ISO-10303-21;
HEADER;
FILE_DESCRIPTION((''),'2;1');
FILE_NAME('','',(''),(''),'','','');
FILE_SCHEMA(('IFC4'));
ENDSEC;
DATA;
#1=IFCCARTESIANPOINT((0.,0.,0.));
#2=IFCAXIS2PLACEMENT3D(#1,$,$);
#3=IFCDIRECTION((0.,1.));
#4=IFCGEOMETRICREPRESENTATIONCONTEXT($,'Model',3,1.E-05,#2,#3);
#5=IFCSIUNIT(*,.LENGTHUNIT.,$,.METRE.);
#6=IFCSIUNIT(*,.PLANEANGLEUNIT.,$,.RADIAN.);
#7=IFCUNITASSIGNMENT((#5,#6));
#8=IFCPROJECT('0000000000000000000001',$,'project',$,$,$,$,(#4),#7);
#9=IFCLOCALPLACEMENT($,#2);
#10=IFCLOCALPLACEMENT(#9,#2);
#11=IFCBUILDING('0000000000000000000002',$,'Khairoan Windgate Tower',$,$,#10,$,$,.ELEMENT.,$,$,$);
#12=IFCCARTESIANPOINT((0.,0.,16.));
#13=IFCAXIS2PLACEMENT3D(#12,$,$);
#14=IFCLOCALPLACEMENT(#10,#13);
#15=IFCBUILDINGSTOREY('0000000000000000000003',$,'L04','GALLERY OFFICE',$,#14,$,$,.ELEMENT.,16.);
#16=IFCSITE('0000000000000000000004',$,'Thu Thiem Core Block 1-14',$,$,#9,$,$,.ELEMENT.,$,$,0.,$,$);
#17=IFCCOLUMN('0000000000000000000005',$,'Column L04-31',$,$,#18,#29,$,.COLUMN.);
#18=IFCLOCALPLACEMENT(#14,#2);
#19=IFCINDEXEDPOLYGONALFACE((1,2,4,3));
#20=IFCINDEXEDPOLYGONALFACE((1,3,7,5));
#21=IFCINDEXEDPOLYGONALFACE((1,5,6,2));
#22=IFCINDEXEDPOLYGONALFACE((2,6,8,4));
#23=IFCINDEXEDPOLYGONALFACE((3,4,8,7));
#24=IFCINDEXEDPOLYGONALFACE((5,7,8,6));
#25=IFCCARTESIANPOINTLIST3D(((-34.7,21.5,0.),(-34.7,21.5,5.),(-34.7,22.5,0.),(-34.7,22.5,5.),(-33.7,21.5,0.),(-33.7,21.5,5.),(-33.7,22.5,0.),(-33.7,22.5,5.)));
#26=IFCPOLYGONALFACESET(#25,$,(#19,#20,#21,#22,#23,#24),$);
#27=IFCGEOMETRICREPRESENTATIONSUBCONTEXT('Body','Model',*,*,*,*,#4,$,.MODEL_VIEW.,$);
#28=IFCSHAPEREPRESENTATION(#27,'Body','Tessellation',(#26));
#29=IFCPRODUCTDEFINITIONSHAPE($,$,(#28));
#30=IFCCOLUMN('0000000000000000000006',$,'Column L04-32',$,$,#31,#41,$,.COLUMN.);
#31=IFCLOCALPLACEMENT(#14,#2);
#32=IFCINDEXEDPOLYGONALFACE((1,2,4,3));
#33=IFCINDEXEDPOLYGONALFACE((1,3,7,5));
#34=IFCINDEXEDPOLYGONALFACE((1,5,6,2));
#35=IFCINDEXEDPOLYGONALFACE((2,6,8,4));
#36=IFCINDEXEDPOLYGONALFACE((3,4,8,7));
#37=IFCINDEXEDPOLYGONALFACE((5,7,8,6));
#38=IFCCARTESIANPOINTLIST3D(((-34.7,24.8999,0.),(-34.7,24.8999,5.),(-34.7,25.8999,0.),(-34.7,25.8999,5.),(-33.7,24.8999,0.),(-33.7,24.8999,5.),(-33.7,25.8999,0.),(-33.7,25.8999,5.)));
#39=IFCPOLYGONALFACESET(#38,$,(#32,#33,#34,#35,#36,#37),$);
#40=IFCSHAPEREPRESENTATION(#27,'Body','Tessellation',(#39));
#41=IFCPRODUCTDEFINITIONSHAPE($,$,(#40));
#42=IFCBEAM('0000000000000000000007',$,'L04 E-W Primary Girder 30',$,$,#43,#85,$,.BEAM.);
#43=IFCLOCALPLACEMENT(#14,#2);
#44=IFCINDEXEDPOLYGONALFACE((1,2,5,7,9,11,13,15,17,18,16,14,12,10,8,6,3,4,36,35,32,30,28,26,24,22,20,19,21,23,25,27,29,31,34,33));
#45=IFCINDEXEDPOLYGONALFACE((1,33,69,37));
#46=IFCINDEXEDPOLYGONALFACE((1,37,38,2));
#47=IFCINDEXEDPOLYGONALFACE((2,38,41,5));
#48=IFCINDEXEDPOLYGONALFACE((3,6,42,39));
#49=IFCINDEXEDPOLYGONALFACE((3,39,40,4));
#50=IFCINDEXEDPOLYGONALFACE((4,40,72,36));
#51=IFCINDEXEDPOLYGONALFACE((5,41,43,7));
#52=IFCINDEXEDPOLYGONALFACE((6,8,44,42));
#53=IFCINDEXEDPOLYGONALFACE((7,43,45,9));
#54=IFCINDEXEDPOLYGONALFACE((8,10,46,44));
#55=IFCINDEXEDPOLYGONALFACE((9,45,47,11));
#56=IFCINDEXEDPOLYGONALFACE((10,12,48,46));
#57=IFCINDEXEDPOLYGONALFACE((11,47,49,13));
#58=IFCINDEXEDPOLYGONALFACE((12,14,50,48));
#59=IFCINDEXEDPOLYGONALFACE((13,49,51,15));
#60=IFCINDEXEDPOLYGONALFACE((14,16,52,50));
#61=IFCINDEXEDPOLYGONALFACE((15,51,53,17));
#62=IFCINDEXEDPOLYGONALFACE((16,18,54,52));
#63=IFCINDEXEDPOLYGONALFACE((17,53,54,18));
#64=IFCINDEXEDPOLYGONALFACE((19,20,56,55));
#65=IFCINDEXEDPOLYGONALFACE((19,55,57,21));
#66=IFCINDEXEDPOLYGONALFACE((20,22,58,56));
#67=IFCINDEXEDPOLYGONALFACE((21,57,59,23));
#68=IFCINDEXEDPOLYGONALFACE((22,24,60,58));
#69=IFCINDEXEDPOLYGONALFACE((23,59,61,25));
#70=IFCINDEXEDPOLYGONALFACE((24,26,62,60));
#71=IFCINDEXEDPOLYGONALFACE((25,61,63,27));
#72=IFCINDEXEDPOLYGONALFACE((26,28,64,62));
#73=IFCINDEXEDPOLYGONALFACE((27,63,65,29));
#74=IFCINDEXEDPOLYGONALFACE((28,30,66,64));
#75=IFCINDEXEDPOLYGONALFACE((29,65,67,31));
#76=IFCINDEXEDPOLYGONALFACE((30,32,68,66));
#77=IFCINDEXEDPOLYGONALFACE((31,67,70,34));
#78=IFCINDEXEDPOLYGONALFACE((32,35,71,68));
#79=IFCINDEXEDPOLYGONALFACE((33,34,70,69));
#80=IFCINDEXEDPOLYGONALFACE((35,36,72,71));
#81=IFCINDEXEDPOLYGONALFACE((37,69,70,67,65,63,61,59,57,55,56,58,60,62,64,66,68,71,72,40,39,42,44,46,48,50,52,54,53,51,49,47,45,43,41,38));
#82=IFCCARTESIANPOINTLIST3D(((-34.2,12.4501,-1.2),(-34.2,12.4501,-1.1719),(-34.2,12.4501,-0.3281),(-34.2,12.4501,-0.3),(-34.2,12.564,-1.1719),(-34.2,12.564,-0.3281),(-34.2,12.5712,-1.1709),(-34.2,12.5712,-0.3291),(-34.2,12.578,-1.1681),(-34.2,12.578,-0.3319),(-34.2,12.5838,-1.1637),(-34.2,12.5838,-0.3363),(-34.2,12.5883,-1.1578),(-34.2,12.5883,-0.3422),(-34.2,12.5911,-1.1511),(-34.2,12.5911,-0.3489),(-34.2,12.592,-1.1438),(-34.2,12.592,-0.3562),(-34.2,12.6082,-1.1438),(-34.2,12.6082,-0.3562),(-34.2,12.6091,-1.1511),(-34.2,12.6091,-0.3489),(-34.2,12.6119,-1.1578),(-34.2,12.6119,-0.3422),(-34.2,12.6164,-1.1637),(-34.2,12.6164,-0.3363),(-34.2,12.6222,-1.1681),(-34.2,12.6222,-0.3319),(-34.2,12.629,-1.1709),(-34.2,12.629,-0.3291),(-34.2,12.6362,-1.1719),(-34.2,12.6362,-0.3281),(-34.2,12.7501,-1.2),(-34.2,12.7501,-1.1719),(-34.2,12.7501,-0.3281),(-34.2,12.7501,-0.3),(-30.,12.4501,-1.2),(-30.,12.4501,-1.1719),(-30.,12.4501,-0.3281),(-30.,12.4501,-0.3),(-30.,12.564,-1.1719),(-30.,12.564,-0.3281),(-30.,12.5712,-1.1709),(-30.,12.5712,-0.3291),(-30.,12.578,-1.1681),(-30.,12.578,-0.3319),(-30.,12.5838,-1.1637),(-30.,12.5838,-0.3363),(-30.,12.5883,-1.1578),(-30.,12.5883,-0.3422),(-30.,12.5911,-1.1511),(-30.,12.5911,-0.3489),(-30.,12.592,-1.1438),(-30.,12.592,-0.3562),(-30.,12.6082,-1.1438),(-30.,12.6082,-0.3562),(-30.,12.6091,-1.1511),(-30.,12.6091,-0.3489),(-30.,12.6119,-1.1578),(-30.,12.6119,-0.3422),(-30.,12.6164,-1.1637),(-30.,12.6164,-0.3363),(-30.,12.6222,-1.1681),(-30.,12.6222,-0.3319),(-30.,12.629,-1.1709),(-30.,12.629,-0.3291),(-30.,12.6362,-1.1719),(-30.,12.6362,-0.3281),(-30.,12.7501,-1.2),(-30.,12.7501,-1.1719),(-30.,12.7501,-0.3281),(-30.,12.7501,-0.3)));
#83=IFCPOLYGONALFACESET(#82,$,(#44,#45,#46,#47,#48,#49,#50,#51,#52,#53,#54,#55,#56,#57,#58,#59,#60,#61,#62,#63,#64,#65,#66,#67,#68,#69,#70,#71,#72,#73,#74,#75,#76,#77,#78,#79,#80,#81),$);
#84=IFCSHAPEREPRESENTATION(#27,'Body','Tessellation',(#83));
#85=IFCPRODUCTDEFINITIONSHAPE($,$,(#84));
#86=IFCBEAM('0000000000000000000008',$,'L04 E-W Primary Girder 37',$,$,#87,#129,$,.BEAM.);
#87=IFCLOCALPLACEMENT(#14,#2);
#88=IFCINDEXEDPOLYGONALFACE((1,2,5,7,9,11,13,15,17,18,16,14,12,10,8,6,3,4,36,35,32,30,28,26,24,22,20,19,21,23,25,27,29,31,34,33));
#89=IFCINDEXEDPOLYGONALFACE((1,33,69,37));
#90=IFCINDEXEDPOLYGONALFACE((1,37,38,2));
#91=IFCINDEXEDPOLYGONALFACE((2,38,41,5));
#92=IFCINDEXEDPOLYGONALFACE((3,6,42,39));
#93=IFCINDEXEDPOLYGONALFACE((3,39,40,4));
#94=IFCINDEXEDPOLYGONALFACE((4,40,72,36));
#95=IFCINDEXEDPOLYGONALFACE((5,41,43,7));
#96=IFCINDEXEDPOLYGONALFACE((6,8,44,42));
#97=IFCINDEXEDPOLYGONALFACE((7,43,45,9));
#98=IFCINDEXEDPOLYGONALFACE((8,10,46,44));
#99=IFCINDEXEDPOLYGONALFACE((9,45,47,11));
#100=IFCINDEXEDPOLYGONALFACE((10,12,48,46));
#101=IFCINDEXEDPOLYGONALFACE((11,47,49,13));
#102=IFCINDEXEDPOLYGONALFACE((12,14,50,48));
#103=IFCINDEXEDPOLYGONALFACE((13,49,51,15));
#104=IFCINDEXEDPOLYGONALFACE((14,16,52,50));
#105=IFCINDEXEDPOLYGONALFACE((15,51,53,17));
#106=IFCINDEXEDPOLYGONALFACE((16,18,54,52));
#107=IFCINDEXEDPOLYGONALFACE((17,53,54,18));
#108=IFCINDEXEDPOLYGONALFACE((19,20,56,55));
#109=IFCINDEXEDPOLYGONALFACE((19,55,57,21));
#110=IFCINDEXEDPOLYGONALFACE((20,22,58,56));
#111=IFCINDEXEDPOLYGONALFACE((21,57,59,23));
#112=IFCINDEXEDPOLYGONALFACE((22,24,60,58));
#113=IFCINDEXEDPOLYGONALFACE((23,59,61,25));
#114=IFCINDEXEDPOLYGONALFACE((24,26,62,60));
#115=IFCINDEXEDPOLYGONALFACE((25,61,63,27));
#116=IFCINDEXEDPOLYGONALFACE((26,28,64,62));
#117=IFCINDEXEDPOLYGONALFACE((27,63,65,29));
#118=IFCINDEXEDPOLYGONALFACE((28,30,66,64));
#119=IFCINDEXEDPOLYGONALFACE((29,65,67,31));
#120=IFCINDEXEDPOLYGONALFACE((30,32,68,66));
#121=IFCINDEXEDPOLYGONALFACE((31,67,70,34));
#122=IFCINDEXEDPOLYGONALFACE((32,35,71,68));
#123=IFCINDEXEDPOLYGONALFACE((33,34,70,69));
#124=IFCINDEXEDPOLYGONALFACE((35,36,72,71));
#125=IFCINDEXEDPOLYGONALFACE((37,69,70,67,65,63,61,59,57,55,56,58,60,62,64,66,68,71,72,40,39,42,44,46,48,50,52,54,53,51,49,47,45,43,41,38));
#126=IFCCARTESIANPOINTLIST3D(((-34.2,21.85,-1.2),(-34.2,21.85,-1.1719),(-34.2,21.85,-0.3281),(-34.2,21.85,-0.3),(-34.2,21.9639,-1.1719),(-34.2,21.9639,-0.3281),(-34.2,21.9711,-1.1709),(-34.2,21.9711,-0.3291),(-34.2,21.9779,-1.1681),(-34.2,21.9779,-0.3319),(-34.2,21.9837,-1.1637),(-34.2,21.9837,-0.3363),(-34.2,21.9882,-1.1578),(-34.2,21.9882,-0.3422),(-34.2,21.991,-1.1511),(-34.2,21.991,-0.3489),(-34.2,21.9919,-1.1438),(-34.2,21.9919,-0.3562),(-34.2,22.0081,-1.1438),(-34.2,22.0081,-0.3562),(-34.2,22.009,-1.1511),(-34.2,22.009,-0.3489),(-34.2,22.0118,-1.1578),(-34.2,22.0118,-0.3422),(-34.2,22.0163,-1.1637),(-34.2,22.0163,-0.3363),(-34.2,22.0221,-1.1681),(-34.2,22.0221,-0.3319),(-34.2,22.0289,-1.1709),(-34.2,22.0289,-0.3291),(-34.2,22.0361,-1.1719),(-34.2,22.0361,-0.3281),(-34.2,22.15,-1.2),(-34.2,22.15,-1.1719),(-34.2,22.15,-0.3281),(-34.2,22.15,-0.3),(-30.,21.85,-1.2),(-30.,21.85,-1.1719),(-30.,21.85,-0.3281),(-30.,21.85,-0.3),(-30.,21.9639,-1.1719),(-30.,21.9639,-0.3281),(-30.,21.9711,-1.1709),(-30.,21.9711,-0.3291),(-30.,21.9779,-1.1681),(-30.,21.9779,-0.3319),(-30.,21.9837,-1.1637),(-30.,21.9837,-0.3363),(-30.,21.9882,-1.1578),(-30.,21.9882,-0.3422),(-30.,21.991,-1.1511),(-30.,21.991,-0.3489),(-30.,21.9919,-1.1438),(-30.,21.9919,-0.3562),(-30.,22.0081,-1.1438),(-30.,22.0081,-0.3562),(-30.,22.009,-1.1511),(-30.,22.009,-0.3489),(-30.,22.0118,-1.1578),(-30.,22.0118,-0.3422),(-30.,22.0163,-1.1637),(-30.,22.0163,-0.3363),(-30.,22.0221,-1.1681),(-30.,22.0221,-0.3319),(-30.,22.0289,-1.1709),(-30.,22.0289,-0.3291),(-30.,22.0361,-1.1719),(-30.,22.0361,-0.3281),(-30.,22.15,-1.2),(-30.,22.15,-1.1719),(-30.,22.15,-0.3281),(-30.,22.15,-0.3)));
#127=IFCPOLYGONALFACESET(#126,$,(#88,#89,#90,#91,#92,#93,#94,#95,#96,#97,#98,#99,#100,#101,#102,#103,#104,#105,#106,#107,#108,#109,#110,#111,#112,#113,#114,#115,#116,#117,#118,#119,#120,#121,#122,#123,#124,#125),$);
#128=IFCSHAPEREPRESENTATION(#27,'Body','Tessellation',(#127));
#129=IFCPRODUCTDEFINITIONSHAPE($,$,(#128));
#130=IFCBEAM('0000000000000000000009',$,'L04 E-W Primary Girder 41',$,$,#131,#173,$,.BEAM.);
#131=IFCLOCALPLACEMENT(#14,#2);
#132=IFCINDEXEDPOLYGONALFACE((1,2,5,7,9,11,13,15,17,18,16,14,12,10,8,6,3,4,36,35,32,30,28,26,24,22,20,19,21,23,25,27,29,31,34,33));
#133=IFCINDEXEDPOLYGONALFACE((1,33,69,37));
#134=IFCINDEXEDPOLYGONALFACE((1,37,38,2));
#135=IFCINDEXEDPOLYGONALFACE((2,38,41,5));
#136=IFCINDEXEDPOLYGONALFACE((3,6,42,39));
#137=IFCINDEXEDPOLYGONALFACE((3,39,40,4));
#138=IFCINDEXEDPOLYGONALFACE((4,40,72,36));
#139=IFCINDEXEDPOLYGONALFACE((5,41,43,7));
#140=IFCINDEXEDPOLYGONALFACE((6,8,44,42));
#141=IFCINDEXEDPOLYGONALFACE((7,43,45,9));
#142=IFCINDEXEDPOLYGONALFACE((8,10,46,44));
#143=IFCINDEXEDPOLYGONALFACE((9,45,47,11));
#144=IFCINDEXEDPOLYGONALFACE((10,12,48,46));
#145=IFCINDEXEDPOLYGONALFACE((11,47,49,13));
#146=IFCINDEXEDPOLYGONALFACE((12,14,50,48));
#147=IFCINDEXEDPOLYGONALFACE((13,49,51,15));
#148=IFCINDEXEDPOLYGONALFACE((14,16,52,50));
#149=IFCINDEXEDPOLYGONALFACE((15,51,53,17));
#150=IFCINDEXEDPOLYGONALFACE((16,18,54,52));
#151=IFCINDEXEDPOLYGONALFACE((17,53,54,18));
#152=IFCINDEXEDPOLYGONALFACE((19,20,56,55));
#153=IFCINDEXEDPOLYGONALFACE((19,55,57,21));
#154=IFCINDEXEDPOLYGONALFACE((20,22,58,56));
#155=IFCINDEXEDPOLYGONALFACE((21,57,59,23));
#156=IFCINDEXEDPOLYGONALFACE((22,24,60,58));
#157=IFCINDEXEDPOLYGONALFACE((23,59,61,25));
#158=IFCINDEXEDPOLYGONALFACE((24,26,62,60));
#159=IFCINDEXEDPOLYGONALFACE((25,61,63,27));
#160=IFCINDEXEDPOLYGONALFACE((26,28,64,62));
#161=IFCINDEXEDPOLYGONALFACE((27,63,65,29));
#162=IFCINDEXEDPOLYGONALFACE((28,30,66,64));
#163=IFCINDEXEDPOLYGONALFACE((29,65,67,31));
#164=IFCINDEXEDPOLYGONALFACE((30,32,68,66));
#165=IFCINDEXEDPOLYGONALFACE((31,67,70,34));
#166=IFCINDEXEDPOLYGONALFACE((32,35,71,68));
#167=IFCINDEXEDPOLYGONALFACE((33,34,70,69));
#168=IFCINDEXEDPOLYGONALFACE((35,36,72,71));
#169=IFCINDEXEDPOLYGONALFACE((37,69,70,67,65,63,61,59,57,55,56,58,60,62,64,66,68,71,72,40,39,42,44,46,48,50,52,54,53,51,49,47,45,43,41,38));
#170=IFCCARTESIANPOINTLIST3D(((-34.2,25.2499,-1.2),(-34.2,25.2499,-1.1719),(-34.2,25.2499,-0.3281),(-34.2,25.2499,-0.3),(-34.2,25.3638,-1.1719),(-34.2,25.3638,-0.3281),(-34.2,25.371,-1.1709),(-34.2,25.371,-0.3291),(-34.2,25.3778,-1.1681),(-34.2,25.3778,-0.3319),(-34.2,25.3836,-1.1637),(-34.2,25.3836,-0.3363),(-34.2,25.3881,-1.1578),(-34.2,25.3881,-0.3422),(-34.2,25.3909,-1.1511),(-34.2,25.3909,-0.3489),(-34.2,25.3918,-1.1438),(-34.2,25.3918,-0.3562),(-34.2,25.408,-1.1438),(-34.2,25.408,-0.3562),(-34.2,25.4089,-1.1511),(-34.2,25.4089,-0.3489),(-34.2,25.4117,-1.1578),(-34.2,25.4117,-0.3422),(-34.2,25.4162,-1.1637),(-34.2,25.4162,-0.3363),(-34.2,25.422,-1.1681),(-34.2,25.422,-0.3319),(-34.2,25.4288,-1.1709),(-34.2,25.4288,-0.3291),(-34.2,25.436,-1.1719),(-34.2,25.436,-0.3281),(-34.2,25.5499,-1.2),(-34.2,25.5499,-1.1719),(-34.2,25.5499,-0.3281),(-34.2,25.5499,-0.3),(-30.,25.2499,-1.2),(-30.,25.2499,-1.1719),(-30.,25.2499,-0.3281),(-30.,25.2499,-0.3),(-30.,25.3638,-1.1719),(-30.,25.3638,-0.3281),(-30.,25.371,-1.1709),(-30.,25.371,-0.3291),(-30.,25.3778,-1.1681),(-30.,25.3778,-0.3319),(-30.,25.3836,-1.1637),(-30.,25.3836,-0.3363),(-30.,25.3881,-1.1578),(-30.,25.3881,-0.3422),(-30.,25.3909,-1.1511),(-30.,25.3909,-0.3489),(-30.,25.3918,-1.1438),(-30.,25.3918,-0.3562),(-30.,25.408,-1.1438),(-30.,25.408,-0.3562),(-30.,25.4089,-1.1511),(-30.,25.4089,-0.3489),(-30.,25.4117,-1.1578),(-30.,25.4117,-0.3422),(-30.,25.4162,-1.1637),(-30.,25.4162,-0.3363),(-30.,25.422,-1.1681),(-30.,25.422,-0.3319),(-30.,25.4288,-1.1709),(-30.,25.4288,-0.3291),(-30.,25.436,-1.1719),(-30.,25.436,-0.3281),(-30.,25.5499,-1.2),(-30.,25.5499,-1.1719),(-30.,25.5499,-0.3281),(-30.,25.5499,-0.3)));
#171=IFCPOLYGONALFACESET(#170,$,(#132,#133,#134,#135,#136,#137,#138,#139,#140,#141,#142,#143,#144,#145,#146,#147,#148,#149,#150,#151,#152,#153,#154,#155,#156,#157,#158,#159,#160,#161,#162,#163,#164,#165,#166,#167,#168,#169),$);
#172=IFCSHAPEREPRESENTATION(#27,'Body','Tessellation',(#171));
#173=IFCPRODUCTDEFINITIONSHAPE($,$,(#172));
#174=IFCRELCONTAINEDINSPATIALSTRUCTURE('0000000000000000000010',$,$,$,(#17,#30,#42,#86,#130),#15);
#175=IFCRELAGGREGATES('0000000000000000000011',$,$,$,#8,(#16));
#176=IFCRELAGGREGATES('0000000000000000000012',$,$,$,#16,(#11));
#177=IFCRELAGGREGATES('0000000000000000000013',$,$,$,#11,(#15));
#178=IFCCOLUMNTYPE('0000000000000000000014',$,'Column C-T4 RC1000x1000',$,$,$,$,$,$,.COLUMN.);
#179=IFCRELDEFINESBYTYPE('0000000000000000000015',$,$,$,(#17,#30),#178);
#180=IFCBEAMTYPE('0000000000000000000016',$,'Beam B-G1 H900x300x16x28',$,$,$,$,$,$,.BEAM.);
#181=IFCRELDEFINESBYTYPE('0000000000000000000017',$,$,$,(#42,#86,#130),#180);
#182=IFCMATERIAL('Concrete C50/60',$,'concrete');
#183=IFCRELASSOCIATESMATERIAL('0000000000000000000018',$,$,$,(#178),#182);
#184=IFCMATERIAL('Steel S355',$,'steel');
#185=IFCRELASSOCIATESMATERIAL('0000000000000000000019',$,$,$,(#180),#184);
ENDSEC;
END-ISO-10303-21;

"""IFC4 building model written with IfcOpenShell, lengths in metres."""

from ifc_helpers import new_model, si_unit, direction, frame, origin, origin_2d, place, context, subcontext, project, spatial, rectangle, i_section, extrude, material, material_profile, profile_set, type_object, element, save


model = new_model("IFC4")

# Units and contexts
model_context = context("Model", 3, precision=1e-05, world=origin(), true_north=direction((0.0, 1.0)))
body_context = subcontext(model_context, "Body", "Model", "MODEL_VIEW")
ifc_project = project(units=[si_unit("LENGTHUNIT", "METRE"), si_unit("PLANEANGLEUNIT", "RADIAN")], contexts=[model_context])

# Site, building, storey
site_placement = place(None, origin())
site = spatial("IfcSite", under=ifc_project, at=site_placement, Name="Thu Thiem Core Block 1-14", CompositionType="ELEMENT", RefElevation=0.0)
building_placement = place(site_placement, origin())
building = spatial("IfcBuilding", under=site, at=building_placement, Name="Khairoan Windgate Tower", CompositionType="ELEMENT")
storey_placement = place(building_placement, frame((0.0, 0.0, 16.0)))
storey = spatial("IfcBuildingStorey", under=building, at=storey_placement, Name="L04", Description="GALLERY OFFICE", CompositionType="ELEMENT", Elevation=16.0)

# Columns
ifc_material_1 = material(Name="Concrete C50/60", Category="concrete")
ifc_material_profile_1 = material_profile(ifc_material_1, rectangle(XDim=1.0, YDim=1.0, at=origin_2d()))
ifc_profile_set_1 = profile_set([ifc_material_profile_1], Name="Concrete C50/60")
column_type = type_object("IfcColumnType", Name="Column C-T4 RC1000x1000", PredefinedType="COLUMN", material=ifc_profile_set_1)
for number, where, z_axis, x_axis, name in (
    (1, (-34.2, 22.0, 0.0), (0.0, 0.0, 1.0), (1.0, 0.0, 0.0), "Column L04-31"),
    (2, (-34.2, 25.3999, 0.0), (0.0, 0.0, 1.0), (1.0, 0.0, 0.0), "Column L04-32"),
):
    element("IfcColumn", number, at=place(storey_placement, frame(where, z_axis=z_axis, x_axis=x_axis)), inside=storey, type_object=column_type, Name=name, PredefinedType="COLUMN", context=body_context, shape_type="SweptSolid", body=[
        extrude(rectangle(XDim=1.0, YDim=1.0, at=origin_2d()), origin(), (0.0, 0.0, 1.0), 5.0),
    ])

# Beams
ifc_material_2 = material(Name="Steel S355", Category="steel")
ifc_material_profile_2 = material_profile(ifc_material_2, i_section(OverallWidth=0.3, OverallDepth=0.8999, WebThickness=0.0161, FlangeThickness=0.0281, FilletRadius=0.0281, at=origin_2d()))
ifc_profile_set_2 = profile_set([ifc_material_profile_2], Name="Steel S355")
beam_type_1 = type_object("IfcBeamType", Name="Beam B-G1 H900x300x16x28", PredefinedType="BEAM", material=ifc_profile_set_2)
for number, where, z_axis, x_axis, name in (
    (3, (-34.2, 12.6001, -0.75), (1.0, 0.0, 0.0), (0.0, 1.0, 0.0), "L04 E-W Primary Girder 30"),
    (4, (-34.2, 22.0, -0.75), (1.0, 0.0, 0.0), (0.0, 1.0, 0.0), "L04 E-W Primary Girder 37"),
    (5, (-34.2, 25.3999, -0.75), (1.0, 0.0, 0.0), (0.0, 1.0, 0.0), "L04 E-W Primary Girder 41"),
):
    element("IfcBeam", number, at=place(storey_placement, frame(where, z_axis=z_axis, x_axis=x_axis)), inside=storey, type_object=beam_type_1, Name=name, PredefinedType="BEAM", context=body_context, shape_type="SweptSolid", body=[
        extrude(i_section(OverallWidth=0.3, OverallDepth=0.8999, WebThickness=0.0161, FlangeThickness=0.0281, FilletRadius=0.0281, at=origin_2d()), origin(), (0.0, 0.0, 1.0), 4.2),
    ])

save(model, "model.ifc")
